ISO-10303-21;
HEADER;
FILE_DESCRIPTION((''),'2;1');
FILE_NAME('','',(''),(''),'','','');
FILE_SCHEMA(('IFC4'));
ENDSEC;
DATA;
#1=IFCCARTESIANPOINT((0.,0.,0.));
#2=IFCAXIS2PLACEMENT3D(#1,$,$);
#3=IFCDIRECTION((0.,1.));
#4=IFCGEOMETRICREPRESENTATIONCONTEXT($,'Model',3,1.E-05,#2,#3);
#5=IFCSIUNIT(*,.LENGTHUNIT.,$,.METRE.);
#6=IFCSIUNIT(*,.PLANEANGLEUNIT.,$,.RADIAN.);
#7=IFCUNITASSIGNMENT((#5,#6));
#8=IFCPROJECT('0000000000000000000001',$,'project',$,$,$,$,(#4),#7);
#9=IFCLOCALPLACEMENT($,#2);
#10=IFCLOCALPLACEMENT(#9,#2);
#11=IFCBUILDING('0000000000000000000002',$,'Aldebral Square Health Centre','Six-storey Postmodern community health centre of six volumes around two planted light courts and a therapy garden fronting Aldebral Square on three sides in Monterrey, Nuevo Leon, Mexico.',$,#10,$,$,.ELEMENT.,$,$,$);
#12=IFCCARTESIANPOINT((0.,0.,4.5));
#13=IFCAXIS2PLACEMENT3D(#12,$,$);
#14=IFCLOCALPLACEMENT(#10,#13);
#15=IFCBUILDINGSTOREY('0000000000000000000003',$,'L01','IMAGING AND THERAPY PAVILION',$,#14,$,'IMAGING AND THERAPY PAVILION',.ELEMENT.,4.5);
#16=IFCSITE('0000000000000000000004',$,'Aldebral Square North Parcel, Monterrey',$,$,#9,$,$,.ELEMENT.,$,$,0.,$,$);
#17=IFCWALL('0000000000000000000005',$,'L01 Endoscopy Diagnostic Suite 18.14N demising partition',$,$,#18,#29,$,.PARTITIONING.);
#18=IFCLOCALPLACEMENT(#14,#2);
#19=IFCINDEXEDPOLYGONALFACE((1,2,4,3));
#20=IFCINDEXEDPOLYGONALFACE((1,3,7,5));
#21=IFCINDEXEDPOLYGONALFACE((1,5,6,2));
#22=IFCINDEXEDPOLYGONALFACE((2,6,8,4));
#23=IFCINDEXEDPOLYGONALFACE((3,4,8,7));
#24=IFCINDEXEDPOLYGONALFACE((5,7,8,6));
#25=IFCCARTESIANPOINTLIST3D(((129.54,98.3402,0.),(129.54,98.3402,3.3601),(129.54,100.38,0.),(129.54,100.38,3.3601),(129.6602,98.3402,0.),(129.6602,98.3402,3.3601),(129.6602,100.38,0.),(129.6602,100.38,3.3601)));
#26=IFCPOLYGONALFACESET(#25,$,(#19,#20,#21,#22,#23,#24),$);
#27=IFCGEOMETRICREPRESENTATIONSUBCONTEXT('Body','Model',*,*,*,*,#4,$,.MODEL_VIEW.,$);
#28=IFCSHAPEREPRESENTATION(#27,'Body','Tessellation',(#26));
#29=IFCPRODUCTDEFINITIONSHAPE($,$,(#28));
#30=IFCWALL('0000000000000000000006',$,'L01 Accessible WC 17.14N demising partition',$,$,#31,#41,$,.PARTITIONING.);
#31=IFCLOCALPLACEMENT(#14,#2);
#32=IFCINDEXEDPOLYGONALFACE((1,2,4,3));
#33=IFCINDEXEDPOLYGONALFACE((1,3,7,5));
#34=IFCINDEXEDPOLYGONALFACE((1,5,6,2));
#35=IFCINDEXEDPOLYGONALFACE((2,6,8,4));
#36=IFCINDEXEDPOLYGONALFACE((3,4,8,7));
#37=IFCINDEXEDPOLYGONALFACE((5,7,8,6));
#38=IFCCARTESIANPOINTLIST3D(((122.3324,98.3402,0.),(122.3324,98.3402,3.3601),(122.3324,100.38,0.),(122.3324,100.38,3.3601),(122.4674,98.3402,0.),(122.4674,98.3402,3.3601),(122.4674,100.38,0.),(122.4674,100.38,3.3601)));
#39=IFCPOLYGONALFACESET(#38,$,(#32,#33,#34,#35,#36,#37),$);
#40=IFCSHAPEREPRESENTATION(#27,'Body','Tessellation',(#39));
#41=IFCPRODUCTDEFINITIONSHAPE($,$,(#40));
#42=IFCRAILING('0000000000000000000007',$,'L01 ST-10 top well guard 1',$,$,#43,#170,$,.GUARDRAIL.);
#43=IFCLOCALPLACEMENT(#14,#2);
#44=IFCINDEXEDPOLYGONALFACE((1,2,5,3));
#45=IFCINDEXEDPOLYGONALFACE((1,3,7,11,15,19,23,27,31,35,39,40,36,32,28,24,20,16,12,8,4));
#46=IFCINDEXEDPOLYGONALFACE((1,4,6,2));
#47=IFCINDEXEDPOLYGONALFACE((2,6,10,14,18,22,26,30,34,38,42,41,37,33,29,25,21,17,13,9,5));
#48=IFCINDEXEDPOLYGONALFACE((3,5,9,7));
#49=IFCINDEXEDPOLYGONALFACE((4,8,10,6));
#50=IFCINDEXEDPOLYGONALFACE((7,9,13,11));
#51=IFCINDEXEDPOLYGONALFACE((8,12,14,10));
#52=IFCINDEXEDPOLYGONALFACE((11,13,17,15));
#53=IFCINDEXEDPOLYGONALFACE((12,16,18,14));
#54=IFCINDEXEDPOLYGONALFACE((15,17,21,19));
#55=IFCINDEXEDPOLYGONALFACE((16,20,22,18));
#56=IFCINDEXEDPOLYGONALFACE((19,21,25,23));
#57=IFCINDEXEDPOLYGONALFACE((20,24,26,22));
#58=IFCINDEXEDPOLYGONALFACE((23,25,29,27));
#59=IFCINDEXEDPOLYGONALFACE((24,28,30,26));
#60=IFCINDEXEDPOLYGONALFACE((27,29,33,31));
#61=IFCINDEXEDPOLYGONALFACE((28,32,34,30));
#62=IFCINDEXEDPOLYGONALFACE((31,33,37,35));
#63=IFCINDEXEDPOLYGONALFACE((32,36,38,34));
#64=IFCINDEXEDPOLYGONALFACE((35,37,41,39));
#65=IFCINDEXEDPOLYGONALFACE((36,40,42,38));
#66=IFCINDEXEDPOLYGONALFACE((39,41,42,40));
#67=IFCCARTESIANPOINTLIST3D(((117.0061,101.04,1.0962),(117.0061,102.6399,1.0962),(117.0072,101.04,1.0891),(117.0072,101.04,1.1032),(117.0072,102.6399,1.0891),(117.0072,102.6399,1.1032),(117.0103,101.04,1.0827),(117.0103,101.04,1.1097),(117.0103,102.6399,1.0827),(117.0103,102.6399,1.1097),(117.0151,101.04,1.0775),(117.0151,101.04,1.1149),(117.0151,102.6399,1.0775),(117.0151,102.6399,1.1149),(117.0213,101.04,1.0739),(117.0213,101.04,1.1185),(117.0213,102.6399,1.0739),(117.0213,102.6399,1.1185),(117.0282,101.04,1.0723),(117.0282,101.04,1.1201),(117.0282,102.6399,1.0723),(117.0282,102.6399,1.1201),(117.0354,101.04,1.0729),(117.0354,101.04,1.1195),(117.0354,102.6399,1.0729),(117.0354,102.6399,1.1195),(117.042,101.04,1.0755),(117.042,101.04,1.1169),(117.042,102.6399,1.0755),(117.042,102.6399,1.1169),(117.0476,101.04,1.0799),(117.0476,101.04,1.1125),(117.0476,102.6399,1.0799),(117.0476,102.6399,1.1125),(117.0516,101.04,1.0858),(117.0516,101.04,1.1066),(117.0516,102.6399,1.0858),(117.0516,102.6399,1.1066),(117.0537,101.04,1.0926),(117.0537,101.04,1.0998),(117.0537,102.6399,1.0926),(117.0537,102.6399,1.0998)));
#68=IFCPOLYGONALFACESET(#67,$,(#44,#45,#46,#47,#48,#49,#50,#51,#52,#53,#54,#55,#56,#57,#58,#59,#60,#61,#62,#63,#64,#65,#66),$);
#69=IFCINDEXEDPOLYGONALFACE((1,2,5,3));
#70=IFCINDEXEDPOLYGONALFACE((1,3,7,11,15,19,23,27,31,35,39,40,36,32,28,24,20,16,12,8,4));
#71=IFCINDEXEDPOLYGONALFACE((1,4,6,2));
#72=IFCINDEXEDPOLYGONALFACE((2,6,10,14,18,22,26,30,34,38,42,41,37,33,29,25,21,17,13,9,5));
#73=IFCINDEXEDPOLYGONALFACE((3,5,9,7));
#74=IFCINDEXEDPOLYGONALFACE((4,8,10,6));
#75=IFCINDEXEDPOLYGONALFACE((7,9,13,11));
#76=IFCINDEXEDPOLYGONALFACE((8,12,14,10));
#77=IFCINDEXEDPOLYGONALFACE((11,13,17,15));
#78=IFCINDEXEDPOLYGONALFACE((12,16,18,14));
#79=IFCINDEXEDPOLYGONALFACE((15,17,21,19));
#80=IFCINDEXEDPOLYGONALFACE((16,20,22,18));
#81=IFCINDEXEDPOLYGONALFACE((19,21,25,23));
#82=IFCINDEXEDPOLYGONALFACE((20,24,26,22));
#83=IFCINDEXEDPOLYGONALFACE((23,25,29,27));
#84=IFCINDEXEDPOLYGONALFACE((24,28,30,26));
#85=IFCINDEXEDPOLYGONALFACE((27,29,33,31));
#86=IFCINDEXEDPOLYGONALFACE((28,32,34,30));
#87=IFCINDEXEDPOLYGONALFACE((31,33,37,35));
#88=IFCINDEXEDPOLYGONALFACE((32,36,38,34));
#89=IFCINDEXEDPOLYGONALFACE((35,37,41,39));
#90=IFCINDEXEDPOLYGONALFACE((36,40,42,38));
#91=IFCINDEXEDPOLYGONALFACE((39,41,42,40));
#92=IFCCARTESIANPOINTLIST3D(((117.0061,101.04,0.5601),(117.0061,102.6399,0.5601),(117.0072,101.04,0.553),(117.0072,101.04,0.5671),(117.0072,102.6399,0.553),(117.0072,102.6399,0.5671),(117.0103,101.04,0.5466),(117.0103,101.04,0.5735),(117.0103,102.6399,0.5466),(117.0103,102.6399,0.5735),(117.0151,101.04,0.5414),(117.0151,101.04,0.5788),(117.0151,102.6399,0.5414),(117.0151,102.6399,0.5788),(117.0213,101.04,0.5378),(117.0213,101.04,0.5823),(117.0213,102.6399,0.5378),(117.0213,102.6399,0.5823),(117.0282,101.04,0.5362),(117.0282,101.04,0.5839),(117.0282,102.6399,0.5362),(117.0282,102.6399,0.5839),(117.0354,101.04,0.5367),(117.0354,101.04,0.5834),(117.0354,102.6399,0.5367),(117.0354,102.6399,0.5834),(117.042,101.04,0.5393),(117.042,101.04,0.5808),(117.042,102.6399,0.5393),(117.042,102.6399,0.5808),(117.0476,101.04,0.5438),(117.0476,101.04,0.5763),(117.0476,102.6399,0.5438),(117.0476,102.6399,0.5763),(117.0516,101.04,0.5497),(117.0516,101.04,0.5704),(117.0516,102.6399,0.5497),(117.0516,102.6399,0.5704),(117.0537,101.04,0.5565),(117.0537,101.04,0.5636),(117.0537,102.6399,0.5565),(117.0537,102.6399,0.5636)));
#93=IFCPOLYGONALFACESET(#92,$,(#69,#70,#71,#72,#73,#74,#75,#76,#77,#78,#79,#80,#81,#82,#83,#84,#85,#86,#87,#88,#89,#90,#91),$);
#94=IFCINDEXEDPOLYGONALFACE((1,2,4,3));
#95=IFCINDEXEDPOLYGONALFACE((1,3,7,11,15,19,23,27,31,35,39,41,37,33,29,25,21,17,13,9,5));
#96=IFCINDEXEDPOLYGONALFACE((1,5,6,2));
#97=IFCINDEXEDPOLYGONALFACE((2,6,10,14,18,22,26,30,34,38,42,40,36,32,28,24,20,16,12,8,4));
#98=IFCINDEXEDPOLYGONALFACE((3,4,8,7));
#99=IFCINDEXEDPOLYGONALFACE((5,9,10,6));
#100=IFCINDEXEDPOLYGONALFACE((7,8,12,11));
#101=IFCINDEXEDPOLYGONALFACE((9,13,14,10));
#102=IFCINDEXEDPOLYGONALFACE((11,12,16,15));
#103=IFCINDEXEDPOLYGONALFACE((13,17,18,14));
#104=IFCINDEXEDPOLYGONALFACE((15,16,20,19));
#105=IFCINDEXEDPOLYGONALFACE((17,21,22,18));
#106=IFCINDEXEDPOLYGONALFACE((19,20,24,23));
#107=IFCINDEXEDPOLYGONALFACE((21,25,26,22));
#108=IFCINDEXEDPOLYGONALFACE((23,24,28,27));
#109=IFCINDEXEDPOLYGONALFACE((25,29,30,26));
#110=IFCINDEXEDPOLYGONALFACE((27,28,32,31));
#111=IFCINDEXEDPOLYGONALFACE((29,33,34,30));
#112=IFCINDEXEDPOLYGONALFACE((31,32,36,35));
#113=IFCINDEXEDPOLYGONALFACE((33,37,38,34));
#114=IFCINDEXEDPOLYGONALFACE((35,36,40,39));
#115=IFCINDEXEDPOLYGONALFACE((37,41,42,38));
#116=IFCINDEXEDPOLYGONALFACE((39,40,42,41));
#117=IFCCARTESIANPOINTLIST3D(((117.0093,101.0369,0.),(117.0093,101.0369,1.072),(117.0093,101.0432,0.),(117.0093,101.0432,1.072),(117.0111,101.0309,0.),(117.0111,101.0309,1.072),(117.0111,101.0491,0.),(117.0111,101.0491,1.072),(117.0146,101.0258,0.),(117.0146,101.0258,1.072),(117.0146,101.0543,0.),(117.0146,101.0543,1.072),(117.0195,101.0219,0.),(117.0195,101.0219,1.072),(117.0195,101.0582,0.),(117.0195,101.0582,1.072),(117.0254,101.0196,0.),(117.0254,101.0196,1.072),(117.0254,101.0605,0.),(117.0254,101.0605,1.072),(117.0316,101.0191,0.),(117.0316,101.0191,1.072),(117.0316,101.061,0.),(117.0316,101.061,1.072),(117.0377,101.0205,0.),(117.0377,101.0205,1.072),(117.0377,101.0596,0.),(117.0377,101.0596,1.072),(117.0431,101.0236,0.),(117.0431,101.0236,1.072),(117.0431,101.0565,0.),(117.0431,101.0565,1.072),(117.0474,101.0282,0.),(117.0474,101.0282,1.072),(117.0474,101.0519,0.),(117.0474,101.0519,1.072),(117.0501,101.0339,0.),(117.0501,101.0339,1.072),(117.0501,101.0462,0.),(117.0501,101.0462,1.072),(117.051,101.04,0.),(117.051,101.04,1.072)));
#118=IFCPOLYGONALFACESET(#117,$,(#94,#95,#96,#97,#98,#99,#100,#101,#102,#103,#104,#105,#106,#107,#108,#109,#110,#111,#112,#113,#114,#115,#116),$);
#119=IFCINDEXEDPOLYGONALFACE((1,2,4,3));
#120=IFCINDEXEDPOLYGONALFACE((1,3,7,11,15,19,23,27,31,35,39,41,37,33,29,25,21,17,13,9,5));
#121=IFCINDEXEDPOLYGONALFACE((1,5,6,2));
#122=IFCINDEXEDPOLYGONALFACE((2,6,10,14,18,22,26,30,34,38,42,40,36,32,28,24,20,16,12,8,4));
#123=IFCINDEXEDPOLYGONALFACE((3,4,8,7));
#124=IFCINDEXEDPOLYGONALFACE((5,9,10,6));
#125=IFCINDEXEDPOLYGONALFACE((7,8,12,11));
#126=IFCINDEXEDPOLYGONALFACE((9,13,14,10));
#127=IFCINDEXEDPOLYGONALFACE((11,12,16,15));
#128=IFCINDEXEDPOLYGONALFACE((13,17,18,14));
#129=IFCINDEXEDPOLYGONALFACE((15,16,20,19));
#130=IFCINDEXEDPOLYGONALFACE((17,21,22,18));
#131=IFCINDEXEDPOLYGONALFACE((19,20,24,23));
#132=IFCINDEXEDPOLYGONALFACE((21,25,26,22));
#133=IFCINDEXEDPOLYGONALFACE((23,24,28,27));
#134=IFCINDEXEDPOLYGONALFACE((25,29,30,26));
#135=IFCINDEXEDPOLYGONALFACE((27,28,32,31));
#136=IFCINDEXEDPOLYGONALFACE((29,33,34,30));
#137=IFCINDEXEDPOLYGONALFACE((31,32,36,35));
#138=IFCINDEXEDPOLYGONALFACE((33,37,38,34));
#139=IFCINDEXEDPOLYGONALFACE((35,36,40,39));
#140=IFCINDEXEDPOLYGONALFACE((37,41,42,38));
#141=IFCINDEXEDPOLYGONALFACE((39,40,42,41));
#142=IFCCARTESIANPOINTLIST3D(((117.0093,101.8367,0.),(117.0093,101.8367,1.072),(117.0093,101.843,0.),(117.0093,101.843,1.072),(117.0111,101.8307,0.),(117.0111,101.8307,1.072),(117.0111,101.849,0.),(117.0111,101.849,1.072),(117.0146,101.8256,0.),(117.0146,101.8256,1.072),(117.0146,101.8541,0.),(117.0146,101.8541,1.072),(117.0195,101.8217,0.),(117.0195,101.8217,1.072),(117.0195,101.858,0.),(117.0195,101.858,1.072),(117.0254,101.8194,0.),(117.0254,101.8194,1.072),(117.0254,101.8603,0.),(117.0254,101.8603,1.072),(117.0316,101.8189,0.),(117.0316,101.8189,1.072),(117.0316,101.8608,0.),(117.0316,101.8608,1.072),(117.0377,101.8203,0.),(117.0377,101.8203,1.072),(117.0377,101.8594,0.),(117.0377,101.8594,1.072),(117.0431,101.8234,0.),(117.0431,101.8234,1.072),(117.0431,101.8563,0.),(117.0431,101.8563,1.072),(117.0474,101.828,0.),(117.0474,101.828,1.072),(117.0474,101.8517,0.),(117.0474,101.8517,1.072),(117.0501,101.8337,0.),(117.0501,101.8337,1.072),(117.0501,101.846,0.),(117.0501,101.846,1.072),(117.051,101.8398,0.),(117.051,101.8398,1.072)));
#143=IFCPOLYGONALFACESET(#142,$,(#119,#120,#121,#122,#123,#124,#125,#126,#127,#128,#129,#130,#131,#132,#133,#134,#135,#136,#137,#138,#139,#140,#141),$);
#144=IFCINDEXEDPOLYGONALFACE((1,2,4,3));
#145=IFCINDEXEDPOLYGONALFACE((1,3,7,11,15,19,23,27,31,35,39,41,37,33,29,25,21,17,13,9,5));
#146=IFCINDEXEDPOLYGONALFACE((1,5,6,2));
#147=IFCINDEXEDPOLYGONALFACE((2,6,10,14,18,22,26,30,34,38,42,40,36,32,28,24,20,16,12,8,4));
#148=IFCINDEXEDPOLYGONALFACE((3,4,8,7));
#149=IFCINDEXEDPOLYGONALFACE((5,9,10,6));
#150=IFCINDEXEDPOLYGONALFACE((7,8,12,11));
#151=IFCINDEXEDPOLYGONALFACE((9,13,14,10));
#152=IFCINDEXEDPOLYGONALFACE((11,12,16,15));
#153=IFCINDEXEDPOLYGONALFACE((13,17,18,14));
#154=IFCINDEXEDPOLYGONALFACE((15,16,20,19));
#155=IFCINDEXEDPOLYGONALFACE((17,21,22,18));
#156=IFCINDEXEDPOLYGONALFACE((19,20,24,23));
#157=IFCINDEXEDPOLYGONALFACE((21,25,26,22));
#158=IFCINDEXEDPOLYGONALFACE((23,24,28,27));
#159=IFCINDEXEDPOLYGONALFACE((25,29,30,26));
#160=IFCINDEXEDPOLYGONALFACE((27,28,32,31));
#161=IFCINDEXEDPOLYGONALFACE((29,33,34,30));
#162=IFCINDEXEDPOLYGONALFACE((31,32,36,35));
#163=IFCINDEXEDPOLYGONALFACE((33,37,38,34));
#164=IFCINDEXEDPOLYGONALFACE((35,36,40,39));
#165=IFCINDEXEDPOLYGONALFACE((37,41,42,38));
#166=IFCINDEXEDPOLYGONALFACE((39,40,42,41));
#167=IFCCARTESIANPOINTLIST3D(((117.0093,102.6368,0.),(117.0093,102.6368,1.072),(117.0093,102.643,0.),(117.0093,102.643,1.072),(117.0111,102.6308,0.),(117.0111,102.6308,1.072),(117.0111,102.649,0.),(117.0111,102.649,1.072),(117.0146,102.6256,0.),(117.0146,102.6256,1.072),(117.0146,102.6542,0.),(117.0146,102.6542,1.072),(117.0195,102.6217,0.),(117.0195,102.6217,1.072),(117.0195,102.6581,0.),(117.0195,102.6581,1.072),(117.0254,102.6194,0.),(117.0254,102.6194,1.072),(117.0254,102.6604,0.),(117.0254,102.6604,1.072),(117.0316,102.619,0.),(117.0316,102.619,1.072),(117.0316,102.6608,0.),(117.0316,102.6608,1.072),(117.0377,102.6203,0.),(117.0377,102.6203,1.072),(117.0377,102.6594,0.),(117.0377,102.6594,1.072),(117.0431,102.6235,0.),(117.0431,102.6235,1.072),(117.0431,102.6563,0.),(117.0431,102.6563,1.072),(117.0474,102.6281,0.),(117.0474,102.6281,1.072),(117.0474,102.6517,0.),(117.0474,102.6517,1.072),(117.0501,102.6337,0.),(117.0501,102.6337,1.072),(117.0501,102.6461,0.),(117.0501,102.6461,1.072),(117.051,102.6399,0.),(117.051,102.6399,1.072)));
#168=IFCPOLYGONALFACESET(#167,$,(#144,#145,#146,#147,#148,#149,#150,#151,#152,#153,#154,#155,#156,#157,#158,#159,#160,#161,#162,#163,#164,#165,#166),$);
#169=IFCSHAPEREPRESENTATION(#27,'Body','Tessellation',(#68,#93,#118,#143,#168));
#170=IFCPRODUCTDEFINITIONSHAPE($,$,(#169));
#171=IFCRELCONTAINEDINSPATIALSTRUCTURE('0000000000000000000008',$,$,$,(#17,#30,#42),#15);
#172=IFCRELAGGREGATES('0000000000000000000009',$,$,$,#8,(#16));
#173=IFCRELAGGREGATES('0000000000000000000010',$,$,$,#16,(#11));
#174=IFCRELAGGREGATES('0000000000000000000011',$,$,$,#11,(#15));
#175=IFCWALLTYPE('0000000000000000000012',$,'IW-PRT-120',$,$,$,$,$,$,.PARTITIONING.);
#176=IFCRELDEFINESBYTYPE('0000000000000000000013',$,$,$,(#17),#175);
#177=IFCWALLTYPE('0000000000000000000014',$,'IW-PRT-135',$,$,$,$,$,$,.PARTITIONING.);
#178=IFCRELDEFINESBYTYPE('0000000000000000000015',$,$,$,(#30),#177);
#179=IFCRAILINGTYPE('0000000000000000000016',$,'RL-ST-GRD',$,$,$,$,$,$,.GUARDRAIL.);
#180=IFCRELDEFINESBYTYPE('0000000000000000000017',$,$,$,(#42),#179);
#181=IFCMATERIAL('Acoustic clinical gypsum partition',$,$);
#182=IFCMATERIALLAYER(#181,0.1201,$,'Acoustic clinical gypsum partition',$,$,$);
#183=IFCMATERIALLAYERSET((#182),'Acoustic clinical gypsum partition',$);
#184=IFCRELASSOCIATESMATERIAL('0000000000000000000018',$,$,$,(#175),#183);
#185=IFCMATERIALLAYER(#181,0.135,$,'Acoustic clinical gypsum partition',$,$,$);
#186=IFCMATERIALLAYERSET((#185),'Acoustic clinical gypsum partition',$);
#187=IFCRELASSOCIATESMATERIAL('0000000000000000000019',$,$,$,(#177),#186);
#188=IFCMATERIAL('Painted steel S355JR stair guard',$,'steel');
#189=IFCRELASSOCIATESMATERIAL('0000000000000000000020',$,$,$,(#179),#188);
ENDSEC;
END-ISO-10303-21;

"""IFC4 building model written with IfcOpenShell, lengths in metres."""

from ifc_helpers import new_model, si_unit, direction, frame, frame_2d, origin, origin_2d, place, context, subcontext, project, spatial, rectangle, circle, extrude, material, layer, layer_set, type_object, element, save


model = new_model("IFC4")

# Units and contexts
model_context = context("Model", 3, precision=1e-05, world=origin(), true_north=direction((0.0, 1.0)))
body_context = subcontext(model_context, "Body", "Model", "MODEL_VIEW")
ifc_project = project(units=[si_unit("LENGTHUNIT", "METRE"), si_unit("PLANEANGLEUNIT", "RADIAN")], contexts=[model_context])

# Site, building, storey
site_placement = place(None, origin())
site = spatial("IfcSite", under=ifc_project, at=site_placement, Name="Aldebral Square North Parcel, Monterrey", CompositionType="ELEMENT", RefElevation=0.0)
building_placement = place(site_placement, origin())
building = spatial("IfcBuilding", under=site, at=building_placement, Name="Aldebral Square Health Centre", Description="Six-storey Postmodern community health centre of six volumes around two planted light courts and a therapy garden fronting Aldebral Square on three sides in Monterrey, Nuevo Leon, Mexico.", CompositionType="ELEMENT")
storey_placement = place(building_placement, frame((0.0, 0.0, 4.5)))
storey = spatial("IfcBuildingStorey", under=building, at=storey_placement, Name="L01", Description="IMAGING AND THERAPY PAVILION", LongName="IMAGING AND THERAPY PAVILION", CompositionType="ELEMENT", Elevation=4.5)

# Walls
ifc_material_1 = material(Name="Acoustic clinical gypsum partition")
ifc_layer_1 = layer(ifc_material_1, 0.1201, Name="Acoustic clinical gypsum partition")
ifc_layer_set_1 = layer_set([ifc_layer_1], Name="Acoustic clinical gypsum partition")
wall_type_1 = type_object("IfcWallType", Name="IW-PRT-120", PredefinedType="PARTITIONING", material=ifc_layer_set_1)
wall_1_placement = place(storey_placement, frame((129.6001, 98.3401, 0.0), z_axis=(0.0, 0.0, 1.0), x_axis=(0.0, 1.0, 0.0)))
element("IfcWall", 1, at=wall_1_placement, inside=storey, type_object=wall_type_1, Name="L01 Endoscopy Diagnostic Suite 18.14N demising partition", PredefinedType="PARTITIONING", context=body_context, shape_type="SweptSolid", body=[
    extrude(rectangle(XDim=2.0398, YDim=0.1201, at=frame_2d((1.02, 0.0))), origin(), (0.0, 0.0, 1.0), 3.3601),
])
ifc_layer_2 = layer(ifc_material_1, 0.135, Name="Acoustic clinical gypsum partition")
ifc_layer_set_2 = layer_set([ifc_layer_2], Name="Acoustic clinical gypsum partition")
wall_type_2 = type_object("IfcWallType", Name="IW-PRT-135", PredefinedType="PARTITIONING", material=ifc_layer_set_2)
wall_2_placement = place(storey_placement, frame((122.3999, 98.3401, 0.0), z_axis=(0.0, 0.0, 1.0), x_axis=(0.0, 1.0, 0.0)))
element("IfcWall", 2, at=wall_2_placement, inside=storey, type_object=wall_type_2, Name="L01 Accessible WC 17.14N demising partition", PredefinedType="PARTITIONING", context=body_context, shape_type="SweptSolid", body=[
    extrude(rectangle(XDim=2.0398, YDim=0.135, at=frame_2d((1.02, 0.0))), origin(), (0.0, 0.0, 1.0), 3.3601),
])

# Railing
ifc_material_2 = material(Name="Painted steel S355JR stair guard", Category="steel")
railing_type = type_object("IfcRailingType", Name="RL-ST-GRD", PredefinedType="GUARDRAIL", material=ifc_material_2)
railing_1_placement = place(storey_placement, frame((117.03, 101.04, 0.0)))
element("IfcRailing", 3, at=railing_1_placement, inside=storey, type_object=railing_type, Name="L01 ST-10 top well guard 1", PredefinedType="GUARDRAIL", context=body_context, shape_type="SweptSolid", body=[
    extrude(circle(Radius=0.0239, at=origin_2d()), frame((0.0, 0.0, 1.0962), z_axis=(0.0, 1.0, 0.0), x_axis=(-1.0, 0.0, 0.0)), (0.0, 0.0, 1.0), 1.5999),
    extrude(circle(Radius=0.0239, at=origin_2d()), frame((0.0, 0.0, 0.5601), z_axis=(0.0, 1.0, 0.0), x_axis=(-1.0, 0.0, 0.0)), (0.0, 0.0, 1.0), 1.5999),
    extrude(circle(Radius=0.021, at=origin_2d()), origin(), (0.0, 0.0, 1.0), 1.072),
    extrude(circle(Radius=0.021, at=origin_2d()), frame((0.0, 0.7998, 0.0)), (0.0, 0.0, 1.0), 1.072),
    extrude(circle(Radius=0.021, at=origin_2d()), frame((0.0, 1.5999, 0.0)), (0.0, 0.0, 1.0), 1.072),
])

save(model, "model.ifc")
